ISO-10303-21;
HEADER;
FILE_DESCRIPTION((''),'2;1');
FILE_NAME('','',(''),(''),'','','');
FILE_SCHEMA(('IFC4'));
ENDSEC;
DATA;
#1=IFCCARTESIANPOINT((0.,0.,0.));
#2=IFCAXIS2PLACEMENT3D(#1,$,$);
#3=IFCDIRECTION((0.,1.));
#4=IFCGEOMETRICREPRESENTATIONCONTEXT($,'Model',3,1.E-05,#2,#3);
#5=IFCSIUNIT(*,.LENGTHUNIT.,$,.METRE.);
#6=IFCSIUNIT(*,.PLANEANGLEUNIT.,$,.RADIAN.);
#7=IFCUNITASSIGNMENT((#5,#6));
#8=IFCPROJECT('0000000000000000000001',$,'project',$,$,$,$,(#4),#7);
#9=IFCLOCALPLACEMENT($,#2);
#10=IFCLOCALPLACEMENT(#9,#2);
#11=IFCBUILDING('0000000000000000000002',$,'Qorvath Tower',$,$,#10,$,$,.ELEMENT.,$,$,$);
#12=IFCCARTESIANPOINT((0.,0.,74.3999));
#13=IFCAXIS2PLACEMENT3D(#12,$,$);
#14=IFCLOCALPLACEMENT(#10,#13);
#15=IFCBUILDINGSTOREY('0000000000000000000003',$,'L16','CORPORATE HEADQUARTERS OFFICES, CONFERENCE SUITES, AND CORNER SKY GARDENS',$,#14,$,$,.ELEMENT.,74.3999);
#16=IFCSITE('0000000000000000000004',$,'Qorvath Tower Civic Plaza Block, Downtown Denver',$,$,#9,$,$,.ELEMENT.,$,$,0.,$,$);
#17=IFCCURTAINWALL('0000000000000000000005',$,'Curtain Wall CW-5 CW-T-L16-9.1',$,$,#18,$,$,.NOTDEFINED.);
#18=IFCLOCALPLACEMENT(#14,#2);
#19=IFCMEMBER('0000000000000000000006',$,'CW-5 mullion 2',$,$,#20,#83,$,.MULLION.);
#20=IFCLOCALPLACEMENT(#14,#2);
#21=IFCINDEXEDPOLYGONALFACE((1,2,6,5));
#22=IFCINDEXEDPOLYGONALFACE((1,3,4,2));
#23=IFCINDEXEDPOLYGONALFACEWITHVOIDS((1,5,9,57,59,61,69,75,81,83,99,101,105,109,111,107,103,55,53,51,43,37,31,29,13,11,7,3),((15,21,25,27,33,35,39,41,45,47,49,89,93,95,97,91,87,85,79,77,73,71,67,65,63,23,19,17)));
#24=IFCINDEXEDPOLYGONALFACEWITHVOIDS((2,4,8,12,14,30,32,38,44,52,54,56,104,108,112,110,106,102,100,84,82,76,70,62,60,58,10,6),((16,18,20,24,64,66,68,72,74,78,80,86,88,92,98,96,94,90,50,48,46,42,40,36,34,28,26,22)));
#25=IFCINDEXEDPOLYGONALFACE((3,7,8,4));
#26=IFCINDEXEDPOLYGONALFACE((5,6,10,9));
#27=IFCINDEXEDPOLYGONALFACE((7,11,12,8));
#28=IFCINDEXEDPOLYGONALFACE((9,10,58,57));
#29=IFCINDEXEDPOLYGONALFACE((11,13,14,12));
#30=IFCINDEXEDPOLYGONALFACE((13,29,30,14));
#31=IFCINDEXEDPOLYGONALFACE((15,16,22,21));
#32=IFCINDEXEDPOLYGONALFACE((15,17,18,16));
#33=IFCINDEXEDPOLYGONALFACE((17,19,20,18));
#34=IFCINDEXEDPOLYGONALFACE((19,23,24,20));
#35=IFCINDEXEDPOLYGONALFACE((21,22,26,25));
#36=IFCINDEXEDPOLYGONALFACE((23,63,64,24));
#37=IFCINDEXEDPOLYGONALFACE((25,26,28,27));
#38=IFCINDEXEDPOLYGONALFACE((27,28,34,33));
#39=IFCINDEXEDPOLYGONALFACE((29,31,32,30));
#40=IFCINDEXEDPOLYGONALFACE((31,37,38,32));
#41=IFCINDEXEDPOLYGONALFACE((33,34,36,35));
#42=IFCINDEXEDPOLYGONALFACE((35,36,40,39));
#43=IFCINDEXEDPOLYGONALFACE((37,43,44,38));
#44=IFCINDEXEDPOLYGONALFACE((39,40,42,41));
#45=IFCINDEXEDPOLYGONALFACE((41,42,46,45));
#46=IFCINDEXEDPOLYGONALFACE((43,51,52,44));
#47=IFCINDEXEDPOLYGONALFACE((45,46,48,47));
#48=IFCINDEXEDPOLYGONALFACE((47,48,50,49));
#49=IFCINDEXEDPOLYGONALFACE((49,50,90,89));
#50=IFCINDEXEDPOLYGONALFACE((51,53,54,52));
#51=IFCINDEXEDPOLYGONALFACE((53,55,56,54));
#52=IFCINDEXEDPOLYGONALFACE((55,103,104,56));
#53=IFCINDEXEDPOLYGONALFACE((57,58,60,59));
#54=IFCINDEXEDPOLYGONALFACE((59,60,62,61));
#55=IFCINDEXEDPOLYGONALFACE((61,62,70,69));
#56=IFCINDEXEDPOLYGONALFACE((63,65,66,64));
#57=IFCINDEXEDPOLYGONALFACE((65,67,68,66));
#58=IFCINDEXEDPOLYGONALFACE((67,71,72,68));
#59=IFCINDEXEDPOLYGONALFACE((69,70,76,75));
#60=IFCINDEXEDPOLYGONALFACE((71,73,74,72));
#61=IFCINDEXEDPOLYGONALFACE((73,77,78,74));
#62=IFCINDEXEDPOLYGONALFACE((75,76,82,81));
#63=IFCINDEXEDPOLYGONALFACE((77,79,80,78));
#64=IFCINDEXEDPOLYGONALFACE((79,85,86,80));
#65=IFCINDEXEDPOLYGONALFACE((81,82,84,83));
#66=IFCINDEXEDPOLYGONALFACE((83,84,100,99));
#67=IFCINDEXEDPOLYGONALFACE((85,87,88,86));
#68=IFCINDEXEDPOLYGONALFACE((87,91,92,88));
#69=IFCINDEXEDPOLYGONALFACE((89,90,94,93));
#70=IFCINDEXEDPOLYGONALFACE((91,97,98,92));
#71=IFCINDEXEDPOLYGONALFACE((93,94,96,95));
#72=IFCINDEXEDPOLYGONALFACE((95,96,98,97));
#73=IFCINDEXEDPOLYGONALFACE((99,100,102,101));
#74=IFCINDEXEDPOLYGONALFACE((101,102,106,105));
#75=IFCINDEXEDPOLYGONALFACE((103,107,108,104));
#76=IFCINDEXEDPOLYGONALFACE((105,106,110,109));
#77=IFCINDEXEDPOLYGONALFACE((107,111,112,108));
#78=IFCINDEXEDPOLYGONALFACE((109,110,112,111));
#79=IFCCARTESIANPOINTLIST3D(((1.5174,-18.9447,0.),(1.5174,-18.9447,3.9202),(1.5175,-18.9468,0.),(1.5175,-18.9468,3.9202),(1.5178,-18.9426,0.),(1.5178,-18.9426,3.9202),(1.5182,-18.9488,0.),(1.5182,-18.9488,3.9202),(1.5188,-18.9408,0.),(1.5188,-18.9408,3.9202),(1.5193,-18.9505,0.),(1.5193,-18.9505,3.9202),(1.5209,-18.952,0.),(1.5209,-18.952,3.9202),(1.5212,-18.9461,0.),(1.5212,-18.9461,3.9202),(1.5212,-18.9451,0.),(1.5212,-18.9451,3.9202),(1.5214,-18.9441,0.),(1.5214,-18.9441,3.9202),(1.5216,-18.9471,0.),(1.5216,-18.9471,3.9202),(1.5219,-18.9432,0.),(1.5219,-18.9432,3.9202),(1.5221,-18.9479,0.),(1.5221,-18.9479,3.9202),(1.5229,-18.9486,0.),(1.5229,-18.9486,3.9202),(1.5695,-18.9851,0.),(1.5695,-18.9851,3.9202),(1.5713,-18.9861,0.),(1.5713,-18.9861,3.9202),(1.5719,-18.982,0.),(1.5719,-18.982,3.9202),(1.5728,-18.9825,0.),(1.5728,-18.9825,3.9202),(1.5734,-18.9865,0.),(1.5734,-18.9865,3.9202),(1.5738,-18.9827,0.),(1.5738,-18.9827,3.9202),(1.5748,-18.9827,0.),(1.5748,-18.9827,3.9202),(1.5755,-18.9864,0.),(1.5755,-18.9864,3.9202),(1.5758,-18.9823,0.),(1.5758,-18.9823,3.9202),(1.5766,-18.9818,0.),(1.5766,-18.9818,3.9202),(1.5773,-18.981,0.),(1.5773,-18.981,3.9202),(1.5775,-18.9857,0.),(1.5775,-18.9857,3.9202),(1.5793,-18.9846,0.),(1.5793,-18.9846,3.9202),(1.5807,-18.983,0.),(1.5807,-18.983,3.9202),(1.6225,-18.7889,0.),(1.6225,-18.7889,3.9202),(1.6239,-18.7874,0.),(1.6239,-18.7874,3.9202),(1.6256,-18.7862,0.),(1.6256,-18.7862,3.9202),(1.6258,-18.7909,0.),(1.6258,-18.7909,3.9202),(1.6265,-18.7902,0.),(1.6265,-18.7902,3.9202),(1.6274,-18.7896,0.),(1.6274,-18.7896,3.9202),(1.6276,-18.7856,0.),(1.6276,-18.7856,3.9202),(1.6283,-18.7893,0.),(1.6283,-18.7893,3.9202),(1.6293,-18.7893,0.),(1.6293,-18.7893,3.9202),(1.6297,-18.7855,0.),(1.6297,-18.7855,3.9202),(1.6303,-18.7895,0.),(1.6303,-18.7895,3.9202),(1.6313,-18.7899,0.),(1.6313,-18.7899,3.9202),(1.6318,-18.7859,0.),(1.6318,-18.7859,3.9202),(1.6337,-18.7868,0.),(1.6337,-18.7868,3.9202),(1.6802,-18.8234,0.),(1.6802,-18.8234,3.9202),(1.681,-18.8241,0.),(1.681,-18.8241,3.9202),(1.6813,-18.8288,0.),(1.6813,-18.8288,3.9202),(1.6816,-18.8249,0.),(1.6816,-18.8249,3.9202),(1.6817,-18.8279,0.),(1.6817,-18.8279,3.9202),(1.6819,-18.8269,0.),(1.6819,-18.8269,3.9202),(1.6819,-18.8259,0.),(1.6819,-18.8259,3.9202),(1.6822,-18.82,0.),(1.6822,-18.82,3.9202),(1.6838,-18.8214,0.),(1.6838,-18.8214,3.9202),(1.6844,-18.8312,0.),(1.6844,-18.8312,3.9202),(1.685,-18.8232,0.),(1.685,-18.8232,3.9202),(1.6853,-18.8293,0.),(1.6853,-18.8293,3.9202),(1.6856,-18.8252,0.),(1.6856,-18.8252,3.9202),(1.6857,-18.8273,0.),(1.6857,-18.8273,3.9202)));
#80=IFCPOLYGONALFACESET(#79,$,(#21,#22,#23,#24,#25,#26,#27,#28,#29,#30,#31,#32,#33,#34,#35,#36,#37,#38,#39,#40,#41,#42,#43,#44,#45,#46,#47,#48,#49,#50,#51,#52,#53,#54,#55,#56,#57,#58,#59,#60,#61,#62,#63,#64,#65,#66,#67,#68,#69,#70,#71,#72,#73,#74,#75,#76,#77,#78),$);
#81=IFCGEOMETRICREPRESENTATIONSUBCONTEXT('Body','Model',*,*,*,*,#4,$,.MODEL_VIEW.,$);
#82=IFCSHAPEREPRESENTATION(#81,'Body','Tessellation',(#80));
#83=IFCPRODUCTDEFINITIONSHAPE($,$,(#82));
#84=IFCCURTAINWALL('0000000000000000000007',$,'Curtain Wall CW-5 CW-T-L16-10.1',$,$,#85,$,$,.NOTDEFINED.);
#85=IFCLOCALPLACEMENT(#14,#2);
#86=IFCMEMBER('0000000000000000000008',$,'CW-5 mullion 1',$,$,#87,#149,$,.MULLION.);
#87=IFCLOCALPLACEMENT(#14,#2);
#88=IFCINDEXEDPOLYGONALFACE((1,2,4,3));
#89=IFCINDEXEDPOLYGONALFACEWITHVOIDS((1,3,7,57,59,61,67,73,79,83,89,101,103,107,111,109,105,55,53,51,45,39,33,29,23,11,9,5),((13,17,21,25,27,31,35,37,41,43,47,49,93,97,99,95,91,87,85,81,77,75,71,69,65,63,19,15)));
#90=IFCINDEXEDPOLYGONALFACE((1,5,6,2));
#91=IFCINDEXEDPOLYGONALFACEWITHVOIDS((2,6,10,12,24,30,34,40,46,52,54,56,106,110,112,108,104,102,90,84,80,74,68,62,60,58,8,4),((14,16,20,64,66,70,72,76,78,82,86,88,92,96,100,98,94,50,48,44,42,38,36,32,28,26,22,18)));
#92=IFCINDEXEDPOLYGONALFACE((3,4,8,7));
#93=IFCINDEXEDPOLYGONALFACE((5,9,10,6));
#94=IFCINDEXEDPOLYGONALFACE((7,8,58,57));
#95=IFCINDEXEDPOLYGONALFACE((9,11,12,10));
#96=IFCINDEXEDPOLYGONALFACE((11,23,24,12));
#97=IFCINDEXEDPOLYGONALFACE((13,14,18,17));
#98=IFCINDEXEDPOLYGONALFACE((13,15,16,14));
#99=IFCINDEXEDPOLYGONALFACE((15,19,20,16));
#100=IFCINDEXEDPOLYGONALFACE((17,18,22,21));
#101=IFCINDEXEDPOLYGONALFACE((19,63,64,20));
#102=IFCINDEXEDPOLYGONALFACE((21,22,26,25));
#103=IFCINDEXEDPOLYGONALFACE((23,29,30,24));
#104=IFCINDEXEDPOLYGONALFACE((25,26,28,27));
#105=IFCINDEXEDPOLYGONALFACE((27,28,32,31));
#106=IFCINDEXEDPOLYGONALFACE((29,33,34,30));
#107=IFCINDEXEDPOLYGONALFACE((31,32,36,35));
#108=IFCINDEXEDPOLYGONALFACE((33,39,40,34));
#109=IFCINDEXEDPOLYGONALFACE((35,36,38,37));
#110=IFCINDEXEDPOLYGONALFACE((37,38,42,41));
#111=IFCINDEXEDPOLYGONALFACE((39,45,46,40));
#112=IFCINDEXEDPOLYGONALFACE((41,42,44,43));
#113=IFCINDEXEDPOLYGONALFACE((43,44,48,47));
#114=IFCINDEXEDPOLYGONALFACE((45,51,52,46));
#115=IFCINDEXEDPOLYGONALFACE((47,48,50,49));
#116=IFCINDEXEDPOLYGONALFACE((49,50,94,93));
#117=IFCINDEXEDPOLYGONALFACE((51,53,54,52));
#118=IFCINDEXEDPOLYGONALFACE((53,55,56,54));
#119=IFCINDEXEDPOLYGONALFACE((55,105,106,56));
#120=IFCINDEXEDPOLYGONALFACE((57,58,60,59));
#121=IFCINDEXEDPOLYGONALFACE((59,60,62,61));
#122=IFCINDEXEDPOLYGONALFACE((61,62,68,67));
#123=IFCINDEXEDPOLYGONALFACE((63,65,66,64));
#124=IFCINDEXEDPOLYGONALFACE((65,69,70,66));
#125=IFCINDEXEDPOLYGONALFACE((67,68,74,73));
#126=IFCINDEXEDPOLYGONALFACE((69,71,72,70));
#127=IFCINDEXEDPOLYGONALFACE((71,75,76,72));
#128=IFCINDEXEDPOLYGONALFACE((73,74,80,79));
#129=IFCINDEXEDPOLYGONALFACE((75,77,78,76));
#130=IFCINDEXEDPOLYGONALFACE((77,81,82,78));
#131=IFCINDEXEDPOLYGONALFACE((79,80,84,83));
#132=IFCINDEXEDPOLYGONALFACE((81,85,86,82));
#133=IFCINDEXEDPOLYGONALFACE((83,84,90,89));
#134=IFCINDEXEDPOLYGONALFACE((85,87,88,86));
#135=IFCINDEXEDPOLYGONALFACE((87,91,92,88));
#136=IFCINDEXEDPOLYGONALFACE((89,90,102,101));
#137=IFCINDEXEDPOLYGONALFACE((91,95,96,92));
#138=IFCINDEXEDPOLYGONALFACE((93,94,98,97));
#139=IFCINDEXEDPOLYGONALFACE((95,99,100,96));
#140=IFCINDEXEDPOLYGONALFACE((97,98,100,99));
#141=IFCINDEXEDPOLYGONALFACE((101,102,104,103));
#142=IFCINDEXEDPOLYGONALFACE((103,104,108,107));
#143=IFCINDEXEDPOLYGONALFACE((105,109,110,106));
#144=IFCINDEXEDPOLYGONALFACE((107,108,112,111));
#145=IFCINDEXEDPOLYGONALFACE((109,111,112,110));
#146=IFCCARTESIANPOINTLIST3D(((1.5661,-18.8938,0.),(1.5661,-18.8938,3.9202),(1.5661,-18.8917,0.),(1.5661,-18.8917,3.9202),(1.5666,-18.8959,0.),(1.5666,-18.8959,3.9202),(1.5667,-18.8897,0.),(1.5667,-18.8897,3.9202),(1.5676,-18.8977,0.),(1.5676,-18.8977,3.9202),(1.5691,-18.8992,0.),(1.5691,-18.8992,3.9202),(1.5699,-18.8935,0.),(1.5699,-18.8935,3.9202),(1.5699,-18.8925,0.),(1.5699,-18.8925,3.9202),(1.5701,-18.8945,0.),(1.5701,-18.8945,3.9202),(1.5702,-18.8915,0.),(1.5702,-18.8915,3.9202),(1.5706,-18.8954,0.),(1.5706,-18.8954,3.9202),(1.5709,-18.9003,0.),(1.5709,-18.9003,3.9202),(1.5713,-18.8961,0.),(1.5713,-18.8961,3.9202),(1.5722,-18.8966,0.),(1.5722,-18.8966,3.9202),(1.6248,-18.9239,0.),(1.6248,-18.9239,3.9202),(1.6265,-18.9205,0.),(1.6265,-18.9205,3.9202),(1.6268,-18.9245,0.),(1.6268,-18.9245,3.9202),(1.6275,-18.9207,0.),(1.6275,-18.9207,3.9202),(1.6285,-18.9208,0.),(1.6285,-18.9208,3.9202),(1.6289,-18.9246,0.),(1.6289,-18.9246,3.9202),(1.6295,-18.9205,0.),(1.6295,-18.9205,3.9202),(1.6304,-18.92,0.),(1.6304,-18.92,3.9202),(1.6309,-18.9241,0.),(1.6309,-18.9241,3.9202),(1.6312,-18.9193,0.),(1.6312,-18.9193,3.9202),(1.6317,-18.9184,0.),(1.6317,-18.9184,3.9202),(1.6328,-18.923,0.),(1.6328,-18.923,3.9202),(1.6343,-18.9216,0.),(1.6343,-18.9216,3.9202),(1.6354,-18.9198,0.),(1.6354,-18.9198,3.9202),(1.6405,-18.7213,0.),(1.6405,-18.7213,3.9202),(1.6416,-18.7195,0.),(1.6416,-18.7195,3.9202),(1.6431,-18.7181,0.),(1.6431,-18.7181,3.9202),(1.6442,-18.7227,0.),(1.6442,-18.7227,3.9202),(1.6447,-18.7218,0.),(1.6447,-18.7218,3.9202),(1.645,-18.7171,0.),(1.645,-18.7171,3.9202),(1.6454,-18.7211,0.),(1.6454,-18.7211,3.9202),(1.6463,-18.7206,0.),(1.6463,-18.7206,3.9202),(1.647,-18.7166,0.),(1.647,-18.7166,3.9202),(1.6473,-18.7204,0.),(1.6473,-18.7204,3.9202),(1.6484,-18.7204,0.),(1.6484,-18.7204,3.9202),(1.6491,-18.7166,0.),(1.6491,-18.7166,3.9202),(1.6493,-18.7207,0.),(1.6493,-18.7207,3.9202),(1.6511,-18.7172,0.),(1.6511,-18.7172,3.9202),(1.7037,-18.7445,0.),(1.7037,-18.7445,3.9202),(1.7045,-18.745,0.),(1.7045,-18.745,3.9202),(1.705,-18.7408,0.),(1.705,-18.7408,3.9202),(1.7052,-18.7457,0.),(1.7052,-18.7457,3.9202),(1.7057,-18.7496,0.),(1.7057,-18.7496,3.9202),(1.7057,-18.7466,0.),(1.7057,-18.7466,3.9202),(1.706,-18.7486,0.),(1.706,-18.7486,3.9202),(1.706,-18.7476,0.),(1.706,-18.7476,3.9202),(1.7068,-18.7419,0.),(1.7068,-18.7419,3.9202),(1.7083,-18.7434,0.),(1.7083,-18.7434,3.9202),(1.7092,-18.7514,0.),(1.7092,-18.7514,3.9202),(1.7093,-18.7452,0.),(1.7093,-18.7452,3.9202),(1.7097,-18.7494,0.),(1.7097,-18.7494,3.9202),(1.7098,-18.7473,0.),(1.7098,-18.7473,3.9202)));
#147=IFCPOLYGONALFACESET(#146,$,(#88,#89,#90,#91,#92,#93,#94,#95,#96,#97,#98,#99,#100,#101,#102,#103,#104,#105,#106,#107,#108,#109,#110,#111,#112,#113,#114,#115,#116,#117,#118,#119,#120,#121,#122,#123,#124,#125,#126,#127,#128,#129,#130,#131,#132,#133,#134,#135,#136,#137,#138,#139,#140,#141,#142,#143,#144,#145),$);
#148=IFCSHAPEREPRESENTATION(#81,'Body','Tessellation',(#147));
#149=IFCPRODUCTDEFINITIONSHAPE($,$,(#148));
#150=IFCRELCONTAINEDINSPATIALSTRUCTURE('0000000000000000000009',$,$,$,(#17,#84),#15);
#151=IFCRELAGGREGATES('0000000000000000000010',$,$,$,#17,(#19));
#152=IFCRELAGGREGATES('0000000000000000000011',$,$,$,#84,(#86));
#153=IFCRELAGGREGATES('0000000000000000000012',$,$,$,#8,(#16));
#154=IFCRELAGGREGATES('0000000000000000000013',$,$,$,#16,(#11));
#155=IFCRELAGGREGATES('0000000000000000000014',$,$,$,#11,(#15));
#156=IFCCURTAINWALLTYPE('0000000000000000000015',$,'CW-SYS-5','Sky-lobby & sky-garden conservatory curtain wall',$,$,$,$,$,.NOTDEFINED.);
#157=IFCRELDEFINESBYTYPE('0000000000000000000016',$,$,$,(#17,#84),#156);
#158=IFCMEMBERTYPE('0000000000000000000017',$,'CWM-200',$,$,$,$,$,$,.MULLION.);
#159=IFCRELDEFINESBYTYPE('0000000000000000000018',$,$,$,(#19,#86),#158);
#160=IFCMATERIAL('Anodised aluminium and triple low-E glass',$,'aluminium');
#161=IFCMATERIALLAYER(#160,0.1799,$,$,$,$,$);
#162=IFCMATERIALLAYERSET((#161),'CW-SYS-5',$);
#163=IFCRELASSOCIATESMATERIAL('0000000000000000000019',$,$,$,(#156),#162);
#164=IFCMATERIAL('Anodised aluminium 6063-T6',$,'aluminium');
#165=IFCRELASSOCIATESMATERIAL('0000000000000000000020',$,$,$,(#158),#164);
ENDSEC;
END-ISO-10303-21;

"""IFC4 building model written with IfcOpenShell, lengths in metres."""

from ifc_helpers import new_model, si_unit, direction, frame, origin, origin_2d, place, context, subcontext, project, spatial, hollow_rectangle, extrude, material, layer, layer_set, material_profile, profile_set, type_object, element, aggregate, save


model = new_model("IFC4")

# Units and contexts
model_context = context("Model", 3, precision=1e-05, world=origin(), true_north=direction((0.0, 1.0)))
body_context = subcontext(model_context, "Body", "Model", "MODEL_VIEW")
ifc_project = project(units=[si_unit("LENGTHUNIT", "METRE"), si_unit("PLANEANGLEUNIT", "RADIAN")], contexts=[model_context])

# Site, building, storey
site_placement = place(None, origin())
site = spatial("IfcSite", under=ifc_project, at=site_placement, Name="Qorvath Tower Civic Plaza Block, Downtown Denver", CompositionType="ELEMENT", RefElevation=0.0)
building_placement = place(site_placement, origin())
building = spatial("IfcBuilding", under=site, at=building_placement, Name="Qorvath Tower", CompositionType="ELEMENT")
storey_placement = place(building_placement, frame((0.0, 0.0, 74.3999)))
storey = spatial("IfcBuildingStorey", under=building, at=storey_placement, Name="L16", Description="CORPORATE HEADQUARTERS OFFICES, CONFERENCE SUITES, AND CORNER SKY GARDENS", CompositionType="ELEMENT", Elevation=74.3999)

# Curtain wall, member
ifc_material_1 = material(Name="Anodised aluminium and triple low-E glass", Category="aluminium")
ifc_layer_1 = layer(ifc_material_1, 0.1799)
ifc_layer_set_1 = layer_set([ifc_layer_1], Name="CW-SYS-5")
curtain_wall_type = type_object("IfcCurtainWallType", Name="CW-SYS-5", Description="Sky-lobby & sky-garden conservatory curtain wall", PredefinedType="NOTDEFINED", material=ifc_layer_set_1)
curtain_wall_1_placement = place(storey_placement, origin())
curtain_wall_1 = element("IfcCurtainWall", 1, at=curtain_wall_1_placement, inside=storey, type_object=curtain_wall_type, Name="Curtain Wall CW-5 CW-T-L16-9.1", PredefinedType="NOTDEFINED")
ifc_material_2 = material(Name="Anodised aluminium 6063-T6", Category="aluminium")
ifc_material_profile_1 = material_profile(ifc_material_2, hollow_rectangle(XDim=0.075, YDim=0.2, WallThickness=0.0039, InnerFilletRadius=0.0039, OuterFilletRadius=0.0081, at=origin_2d()), Name="CWM 200x75")
ifc_profile_set_1 = profile_set([ifc_material_profile_1], Name="Anodised aluminium 6063-T6")
member_type_1 = type_object("IfcMemberType", Name="CWM-200", PredefinedType="MULLION", material=ifc_profile_set_1)
member_1_placement = place(storey_placement, frame((1.6016, -18.886, 0.0), z_axis=(0.0, 0.0, 1.0), x_axis=(-0.825776, 0.563998, 0.0)))
member_1 = element("IfcMember", 2, at=member_1_placement, type_object=member_type_1, Name="CW-5 mullion 2", PredefinedType="MULLION", context=body_context, shape_type="SweptSolid", body=[
    extrude(hollow_rectangle(XDim=0.075, YDim=0.2, WallThickness=0.0039, InnerFilletRadius=0.0039, OuterFilletRadius=0.0081, at=origin_2d()), origin(), (0.0, 0.0, 1.0), 3.9202),
])

# Curtain wall, member
curtain_wall_2_placement = place(storey_placement, origin())
curtain_wall_2 = element("IfcCurtainWall", 3, at=curtain_wall_2_placement, inside=storey, type_object=curtain_wall_type, Name="Curtain Wall CW-5 CW-T-L16-10.1", PredefinedType="NOTDEFINED")
member_2_placement = place(storey_placement, frame((1.6379, -18.8206, 0.0), z_axis=(0.0, 0.0, 1.0), x_axis=(-0.915913, 0.401376, 0.0)))
member_2 = element("IfcMember", 4, at=member_2_placement, type_object=member_type_1, Name="CW-5 mullion 1", PredefinedType="MULLION", context=body_context, shape_type="SweptSolid", body=[
    extrude(hollow_rectangle(XDim=0.075, YDim=0.2, WallThickness=0.0039, InnerFilletRadius=0.0039, OuterFilletRadius=0.0081, at=origin_2d()), origin(), (0.0, 0.0, 1.0), 3.9202),
])

aggregate(curtain_wall_1, [member_1])
aggregate(curtain_wall_2, [member_2])

save(model, "model.ifc")
